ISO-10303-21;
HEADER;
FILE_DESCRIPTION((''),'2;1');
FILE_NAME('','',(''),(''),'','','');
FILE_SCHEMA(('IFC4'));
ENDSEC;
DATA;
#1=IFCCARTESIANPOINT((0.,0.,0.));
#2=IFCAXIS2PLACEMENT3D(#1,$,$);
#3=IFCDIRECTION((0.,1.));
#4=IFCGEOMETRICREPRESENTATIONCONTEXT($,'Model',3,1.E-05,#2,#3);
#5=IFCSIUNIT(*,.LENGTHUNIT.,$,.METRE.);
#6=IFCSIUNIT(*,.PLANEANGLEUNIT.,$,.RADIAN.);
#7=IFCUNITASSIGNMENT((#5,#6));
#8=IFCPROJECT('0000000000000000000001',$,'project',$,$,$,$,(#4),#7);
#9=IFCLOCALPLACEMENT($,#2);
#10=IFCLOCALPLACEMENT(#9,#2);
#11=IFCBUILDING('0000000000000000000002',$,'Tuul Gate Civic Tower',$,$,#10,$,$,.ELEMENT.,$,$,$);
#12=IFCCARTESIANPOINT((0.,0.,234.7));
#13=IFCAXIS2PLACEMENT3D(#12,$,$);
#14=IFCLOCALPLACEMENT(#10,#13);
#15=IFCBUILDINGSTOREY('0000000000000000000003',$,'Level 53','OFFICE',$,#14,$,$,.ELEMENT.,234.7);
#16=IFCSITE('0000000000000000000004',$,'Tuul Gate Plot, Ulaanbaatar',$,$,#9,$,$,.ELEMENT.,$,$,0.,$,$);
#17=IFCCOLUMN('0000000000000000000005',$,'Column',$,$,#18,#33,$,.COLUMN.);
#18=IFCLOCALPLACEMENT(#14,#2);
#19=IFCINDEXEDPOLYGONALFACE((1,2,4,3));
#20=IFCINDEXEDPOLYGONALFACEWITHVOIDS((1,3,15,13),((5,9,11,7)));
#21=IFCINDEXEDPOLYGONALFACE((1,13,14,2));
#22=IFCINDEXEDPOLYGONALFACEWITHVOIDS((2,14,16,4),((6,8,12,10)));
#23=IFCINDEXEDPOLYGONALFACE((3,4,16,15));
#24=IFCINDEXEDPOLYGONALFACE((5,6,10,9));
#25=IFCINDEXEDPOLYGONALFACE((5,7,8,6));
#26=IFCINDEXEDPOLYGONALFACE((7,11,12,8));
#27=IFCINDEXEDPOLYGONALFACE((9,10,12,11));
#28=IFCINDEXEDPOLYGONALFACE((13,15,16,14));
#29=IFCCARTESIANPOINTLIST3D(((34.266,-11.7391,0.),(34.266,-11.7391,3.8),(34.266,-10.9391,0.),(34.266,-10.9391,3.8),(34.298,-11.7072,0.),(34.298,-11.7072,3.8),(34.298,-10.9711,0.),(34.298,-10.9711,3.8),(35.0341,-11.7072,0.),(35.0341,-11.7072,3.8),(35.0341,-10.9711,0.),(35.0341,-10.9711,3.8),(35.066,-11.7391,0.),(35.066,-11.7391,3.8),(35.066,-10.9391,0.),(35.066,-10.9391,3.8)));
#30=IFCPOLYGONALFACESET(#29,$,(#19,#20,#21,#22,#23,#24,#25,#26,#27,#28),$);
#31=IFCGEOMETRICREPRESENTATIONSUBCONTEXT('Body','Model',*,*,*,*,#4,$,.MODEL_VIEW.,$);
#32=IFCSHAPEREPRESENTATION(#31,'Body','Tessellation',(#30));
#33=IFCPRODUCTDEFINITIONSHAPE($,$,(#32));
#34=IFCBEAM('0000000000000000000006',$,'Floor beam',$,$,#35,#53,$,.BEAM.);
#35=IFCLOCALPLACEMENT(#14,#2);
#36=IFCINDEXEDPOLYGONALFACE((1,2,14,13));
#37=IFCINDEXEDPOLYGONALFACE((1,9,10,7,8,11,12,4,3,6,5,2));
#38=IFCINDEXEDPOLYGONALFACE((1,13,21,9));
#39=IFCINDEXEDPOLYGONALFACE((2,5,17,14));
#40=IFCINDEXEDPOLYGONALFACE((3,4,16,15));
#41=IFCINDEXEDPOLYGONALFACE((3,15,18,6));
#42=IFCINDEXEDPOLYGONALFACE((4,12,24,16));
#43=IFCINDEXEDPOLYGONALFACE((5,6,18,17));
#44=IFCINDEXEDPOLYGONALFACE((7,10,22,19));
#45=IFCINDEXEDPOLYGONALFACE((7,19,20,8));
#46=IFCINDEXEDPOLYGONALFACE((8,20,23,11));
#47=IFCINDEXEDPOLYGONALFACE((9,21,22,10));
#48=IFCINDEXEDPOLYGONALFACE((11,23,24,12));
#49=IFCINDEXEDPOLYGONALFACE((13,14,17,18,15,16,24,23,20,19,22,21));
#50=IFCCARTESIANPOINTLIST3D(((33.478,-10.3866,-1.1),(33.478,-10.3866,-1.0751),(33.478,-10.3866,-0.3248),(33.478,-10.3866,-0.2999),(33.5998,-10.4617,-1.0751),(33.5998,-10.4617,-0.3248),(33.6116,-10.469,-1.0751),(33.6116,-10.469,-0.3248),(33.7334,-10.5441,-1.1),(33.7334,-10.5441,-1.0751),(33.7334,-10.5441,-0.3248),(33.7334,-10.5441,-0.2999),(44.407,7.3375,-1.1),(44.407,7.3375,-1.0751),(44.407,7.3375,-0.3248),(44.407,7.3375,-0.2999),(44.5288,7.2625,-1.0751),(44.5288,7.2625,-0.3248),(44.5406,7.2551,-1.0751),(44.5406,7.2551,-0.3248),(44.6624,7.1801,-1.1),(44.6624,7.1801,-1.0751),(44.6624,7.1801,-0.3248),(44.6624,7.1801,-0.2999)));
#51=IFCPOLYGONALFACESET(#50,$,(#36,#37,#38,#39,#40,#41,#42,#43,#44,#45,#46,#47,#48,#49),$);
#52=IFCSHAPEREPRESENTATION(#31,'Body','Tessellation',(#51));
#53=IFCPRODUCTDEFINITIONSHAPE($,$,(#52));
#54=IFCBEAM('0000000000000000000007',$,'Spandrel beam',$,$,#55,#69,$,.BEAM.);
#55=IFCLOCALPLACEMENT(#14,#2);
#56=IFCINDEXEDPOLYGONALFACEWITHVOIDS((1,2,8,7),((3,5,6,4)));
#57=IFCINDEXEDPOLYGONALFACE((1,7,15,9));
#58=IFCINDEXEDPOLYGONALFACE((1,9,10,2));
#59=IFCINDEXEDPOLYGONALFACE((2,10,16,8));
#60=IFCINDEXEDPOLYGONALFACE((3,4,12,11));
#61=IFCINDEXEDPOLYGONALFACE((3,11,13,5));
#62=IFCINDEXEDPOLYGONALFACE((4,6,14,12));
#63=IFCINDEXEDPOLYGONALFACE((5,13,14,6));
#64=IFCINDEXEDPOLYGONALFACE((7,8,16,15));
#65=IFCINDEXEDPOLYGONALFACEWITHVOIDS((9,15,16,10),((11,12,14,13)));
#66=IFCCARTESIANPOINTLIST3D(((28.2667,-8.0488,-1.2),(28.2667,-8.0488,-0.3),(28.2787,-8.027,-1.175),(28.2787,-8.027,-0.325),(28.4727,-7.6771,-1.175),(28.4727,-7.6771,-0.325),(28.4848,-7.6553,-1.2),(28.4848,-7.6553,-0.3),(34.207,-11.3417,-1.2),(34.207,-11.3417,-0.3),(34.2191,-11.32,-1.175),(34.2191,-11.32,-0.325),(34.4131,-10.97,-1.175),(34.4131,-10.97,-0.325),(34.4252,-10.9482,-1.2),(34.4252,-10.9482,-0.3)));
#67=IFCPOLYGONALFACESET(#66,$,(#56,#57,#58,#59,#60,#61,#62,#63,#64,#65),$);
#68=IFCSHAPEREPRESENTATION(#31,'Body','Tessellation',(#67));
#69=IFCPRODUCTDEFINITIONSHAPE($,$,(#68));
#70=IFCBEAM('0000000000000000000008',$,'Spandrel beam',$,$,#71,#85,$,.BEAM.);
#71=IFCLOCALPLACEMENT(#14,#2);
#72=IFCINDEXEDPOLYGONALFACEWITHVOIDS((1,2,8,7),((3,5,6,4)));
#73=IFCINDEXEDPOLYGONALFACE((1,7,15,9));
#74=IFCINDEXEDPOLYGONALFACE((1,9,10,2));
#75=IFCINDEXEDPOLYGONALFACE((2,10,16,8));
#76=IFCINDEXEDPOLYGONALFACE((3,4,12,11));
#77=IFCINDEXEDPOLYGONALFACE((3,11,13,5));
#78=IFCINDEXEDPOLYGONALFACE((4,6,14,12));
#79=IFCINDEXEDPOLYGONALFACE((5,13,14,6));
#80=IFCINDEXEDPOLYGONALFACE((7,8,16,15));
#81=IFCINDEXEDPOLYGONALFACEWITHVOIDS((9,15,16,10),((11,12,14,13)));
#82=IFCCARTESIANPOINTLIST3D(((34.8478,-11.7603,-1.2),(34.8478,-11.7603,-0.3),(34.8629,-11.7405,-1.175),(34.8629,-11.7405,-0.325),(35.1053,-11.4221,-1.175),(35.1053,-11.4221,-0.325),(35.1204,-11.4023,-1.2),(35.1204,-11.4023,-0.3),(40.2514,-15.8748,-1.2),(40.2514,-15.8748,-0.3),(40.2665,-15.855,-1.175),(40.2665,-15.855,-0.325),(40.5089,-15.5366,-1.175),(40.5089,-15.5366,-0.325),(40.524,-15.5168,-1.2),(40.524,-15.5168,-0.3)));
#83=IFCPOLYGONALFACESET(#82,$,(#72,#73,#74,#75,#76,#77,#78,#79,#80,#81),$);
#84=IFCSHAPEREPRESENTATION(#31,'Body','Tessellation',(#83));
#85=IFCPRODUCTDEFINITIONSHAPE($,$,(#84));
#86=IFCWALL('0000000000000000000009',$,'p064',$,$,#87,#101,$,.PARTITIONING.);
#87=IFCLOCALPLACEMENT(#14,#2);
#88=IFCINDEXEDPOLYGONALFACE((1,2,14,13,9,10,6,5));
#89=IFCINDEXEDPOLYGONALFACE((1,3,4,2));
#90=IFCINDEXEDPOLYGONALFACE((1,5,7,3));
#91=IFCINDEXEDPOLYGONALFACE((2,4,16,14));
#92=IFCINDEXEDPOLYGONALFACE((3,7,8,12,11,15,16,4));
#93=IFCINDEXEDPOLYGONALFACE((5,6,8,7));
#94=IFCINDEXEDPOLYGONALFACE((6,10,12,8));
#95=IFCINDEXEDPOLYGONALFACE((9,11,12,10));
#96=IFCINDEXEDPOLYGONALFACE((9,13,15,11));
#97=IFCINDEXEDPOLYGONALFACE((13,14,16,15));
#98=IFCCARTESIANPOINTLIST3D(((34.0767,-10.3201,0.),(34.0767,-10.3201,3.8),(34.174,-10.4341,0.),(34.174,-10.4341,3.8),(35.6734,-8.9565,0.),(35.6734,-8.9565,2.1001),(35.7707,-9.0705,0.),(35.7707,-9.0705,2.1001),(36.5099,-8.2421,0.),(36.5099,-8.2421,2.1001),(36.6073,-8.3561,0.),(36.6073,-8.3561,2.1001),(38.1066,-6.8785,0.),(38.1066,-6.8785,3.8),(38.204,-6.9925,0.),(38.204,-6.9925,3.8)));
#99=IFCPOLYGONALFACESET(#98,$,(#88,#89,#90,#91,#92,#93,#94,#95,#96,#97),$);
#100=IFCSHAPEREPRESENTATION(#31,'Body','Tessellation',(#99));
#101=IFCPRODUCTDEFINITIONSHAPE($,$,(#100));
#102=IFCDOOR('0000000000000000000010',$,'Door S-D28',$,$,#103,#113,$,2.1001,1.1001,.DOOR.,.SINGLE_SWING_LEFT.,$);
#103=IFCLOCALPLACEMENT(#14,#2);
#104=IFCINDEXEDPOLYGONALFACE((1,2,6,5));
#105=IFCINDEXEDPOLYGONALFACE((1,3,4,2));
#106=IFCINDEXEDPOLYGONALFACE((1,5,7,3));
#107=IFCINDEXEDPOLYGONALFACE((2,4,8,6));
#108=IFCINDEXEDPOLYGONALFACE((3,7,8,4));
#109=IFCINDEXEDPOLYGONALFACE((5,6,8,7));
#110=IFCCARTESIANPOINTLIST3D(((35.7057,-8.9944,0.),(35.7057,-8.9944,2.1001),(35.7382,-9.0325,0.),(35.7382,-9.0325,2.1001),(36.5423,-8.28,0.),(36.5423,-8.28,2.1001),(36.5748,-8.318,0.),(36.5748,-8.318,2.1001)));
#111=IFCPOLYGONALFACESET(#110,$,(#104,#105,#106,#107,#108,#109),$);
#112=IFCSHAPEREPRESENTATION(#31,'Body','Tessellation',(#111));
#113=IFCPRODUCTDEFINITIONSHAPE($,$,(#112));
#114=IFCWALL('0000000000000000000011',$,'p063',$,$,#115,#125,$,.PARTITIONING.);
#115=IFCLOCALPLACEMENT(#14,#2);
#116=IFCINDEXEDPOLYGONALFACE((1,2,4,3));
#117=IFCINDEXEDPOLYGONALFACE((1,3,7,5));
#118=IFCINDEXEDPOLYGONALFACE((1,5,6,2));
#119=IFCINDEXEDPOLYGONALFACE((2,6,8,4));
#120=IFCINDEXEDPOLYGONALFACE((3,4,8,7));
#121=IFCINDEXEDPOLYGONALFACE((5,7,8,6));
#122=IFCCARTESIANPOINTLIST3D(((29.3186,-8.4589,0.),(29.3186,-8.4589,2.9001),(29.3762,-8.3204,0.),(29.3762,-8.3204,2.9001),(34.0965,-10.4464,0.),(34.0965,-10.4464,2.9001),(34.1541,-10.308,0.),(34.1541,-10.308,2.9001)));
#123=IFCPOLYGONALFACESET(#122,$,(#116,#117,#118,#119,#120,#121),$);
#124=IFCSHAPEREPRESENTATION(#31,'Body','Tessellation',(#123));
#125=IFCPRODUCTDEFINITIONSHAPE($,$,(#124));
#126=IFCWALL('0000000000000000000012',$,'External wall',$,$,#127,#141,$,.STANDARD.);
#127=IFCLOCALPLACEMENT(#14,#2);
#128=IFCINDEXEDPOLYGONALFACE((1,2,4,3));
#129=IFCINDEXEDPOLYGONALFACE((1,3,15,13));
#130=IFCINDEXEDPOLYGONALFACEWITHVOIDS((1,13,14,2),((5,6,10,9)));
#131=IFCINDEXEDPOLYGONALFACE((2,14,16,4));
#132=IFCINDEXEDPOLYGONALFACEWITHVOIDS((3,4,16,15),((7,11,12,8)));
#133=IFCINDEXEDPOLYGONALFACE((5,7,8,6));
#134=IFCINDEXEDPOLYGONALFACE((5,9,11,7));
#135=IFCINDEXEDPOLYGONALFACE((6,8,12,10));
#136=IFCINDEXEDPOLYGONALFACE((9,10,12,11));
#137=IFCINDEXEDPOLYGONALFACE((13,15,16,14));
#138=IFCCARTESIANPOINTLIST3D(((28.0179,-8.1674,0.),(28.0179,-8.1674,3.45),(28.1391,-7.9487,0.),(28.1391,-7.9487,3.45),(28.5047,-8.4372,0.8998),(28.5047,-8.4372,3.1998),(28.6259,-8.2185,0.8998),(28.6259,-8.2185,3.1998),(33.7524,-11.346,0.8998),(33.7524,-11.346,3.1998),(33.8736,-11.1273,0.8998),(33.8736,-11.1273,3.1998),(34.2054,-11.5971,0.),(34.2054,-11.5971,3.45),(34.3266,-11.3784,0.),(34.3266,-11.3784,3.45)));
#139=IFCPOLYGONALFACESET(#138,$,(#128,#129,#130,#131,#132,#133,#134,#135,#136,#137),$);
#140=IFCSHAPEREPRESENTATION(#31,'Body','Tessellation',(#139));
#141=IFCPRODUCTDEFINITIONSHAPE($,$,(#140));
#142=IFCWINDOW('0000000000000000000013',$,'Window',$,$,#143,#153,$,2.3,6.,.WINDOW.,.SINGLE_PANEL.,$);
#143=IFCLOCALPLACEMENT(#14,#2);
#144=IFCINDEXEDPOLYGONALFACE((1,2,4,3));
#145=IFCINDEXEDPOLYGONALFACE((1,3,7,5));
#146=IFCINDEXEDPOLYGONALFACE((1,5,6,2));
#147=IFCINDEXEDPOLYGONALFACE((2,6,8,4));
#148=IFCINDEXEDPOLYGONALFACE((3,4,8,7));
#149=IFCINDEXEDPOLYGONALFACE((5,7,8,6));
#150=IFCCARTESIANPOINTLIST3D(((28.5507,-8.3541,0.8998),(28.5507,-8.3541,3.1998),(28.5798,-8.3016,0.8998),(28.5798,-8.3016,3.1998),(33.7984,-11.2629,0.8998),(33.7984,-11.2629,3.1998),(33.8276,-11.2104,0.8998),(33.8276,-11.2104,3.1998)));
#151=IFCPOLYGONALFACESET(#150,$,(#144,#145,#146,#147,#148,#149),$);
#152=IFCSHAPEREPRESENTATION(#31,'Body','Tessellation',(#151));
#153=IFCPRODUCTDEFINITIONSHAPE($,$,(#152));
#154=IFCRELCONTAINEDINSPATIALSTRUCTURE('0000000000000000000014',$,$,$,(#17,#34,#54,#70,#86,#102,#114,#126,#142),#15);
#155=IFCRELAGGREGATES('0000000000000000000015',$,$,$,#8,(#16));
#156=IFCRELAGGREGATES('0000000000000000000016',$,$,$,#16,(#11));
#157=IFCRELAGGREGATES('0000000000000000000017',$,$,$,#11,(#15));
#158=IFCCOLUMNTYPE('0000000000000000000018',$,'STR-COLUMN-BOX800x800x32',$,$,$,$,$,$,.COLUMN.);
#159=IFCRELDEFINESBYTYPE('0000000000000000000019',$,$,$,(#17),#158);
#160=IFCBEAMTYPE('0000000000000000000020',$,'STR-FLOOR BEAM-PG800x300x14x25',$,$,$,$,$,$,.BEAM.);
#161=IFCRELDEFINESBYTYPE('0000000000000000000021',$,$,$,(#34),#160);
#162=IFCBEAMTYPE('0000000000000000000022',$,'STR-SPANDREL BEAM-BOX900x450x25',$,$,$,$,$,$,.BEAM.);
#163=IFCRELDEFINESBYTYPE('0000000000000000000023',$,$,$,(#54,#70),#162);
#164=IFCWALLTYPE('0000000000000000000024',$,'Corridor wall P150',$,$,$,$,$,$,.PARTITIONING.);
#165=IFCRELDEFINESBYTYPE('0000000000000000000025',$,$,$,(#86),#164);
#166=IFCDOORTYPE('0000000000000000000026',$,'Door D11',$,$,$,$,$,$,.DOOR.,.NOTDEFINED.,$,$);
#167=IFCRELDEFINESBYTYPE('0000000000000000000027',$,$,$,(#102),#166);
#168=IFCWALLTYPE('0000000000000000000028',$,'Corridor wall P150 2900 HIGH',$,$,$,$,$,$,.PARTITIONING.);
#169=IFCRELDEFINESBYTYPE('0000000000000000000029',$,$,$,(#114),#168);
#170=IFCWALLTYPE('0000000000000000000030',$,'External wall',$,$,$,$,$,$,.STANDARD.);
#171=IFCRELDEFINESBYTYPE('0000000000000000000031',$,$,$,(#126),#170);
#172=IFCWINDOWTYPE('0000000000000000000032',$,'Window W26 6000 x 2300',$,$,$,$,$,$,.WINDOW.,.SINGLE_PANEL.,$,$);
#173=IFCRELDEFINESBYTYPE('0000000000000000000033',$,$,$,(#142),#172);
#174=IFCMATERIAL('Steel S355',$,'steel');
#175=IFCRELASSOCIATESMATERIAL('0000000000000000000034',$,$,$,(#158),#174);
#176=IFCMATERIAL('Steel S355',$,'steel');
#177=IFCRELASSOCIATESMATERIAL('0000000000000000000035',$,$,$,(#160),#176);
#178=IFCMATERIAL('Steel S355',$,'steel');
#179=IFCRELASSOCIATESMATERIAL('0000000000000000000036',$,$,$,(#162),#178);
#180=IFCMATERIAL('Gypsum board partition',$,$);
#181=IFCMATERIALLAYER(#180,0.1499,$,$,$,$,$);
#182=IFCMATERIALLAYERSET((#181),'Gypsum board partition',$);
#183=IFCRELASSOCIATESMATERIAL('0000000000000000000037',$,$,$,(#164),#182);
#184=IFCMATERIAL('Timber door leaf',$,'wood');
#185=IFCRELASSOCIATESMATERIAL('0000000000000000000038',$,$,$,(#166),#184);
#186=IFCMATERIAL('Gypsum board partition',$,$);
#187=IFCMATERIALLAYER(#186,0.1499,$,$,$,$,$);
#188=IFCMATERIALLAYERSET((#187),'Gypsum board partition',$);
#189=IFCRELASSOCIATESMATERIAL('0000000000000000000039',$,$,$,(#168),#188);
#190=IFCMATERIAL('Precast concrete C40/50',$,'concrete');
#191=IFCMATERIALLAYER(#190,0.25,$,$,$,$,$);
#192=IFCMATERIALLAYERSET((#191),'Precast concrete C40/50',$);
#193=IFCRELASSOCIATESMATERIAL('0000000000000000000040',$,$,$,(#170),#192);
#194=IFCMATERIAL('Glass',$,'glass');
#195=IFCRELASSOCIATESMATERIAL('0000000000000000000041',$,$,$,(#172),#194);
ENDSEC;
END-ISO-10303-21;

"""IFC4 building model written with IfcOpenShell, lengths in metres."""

from ifc_helpers import new_model, si_unit, direction, frame, frame_2d, origin, origin_2d, place, context, subcontext, project, spatial, rectangle, hollow_rectangle, i_section, extrude, material, layer, layer_set, material_profile, profile_set, type_object, element, fill, save


model = new_model("IFC4")

# Units and contexts
model_context = context("Model", 3, precision=1e-05, world=origin(), true_north=direction((0.0, 1.0)))
body_context = subcontext(model_context, "Body", "Model", "MODEL_VIEW")
ifc_project = project(units=[si_unit("LENGTHUNIT", "METRE"), si_unit("PLANEANGLEUNIT", "RADIAN")], contexts=[model_context])

# Site, building, storey
site_placement = place(None, origin())
site = spatial("IfcSite", under=ifc_project, at=site_placement, Name="Tuul Gate Plot, Ulaanbaatar", CompositionType="ELEMENT", RefElevation=0.0)
building_placement = place(site_placement, origin())
building = spatial("IfcBuilding", under=site, at=building_placement, Name="Tuul Gate Civic Tower", CompositionType="ELEMENT")
storey_placement = place(building_placement, frame((0.0, 0.0, 234.7)))
storey = spatial("IfcBuildingStorey", under=building, at=storey_placement, Name="Level 53", Description="OFFICE", CompositionType="ELEMENT", Elevation=234.7)

# Column
ifc_material_1 = material(Name="Steel S355", Category="steel")
ifc_material_profile_1 = material_profile(ifc_material_1, hollow_rectangle(XDim=0.8, YDim=0.8, WallThickness=0.032, at=origin_2d()), Name="BOX800x800x32")
ifc_profile_set_1 = profile_set([ifc_material_profile_1], Name="Steel S355")
column_type = type_object("IfcColumnType", Name="STR-COLUMN-BOX800x800x32", PredefinedType="COLUMN", material=ifc_profile_set_1)
column_placement = place(storey_placement, frame((34.666, -11.3391, 0.0), z_axis=(0.0, 0.0, 1.0), x_axis=(1.0, 0.0, 0.0)))
element("IfcColumn", 1, at=column_placement, inside=storey, type_object=column_type, Name="Column", PredefinedType="COLUMN", context=body_context, shape_type="SweptSolid", body=[
    extrude(hollow_rectangle(XDim=0.8, YDim=0.8, WallThickness=0.032, at=origin_2d()), origin(), (0.0, 0.0, 1.0), 3.8),
])

# Beams
ifc_material_2 = material(Name="Steel S355", Category="steel")
ifc_material_profile_2 = material_profile(ifc_material_2, i_section(OverallWidth=0.3, OverallDepth=0.8, WebThickness=0.0139, FlangeThickness=0.0249, at=origin_2d()), Name="PG800x300x14x25")
ifc_profile_set_2 = profile_set([ifc_material_profile_2], Name="Steel S355")
beam_type_1 = type_object("IfcBeamType", Name="STR-FLOOR BEAM-PG800x300x14x25", PredefinedType="BEAM", material=ifc_profile_set_2)
beam_1_placement = place(storey_placement, frame((33.6057, -10.4653, -0.7), z_axis=(0.524857, 0.851191, 0.0), x_axis=(-0.851191, 0.524857, 0.0)))
element("IfcBeam", 2, at=beam_1_placement, inside=storey, type_object=beam_type_1, Name="Floor beam", PredefinedType="BEAM", context=body_context, shape_type="SweptSolid", body=[
    extrude(i_section(OverallWidth=0.3, OverallDepth=0.8, WebThickness=0.0139, FlangeThickness=0.0249, at=origin_2d()), origin(), (0.0, 0.0, 1.0), 20.8228),
])
ifc_material_3 = material(Name="Steel S355", Category="steel")
ifc_material_profile_3 = material_profile(ifc_material_3, hollow_rectangle(XDim=0.45, YDim=0.8999, WallThickness=0.0249, at=origin_2d()), Name="BOX900x450x25")
ifc_profile_set_3 = profile_set([ifc_material_profile_3], Name="Steel S355")
beam_type_2 = type_object("IfcBeamType", Name="STR-SPANDREL BEAM-BOX900x450x25", PredefinedType="BEAM", material=ifc_profile_set_3)
beam_2_placement = place(storey_placement, frame((28.3757, -7.8521, -0.75), z_axis=(0.874611, -0.484825, 0.0), x_axis=(0.484825, 0.874611, 0.0)))
element("IfcBeam", 3, at=beam_2_placement, inside=storey, type_object=beam_type_2, Name="Spandrel beam", PredefinedType="BEAM", context=body_context, shape_type="SweptSolid", body=[
    extrude(hollow_rectangle(XDim=0.45, YDim=0.8999, WallThickness=0.0249, at=origin_2d()), origin(), (0.0, 0.0, 1.0), 6.792),
])
beam_3_placement = place(storey_placement, frame((34.9841, -11.5813, -0.75), z_axis=(0.795609, -0.60581, 0.0), x_axis=(0.60581, 0.795609, 0.0)))
element("IfcBeam", 4, at=beam_3_placement, inside=storey, type_object=beam_type_2, Name="Spandrel beam", PredefinedType="BEAM", context=body_context, shape_type="SweptSolid", body=[
    extrude(hollow_rectangle(XDim=0.45, YDim=0.8999, WallThickness=0.0249, at=origin_2d()), origin(), (0.0, 0.0, 1.0), 6.7917),
])

# Wall, opening, door
ifc_material_4 = material(Name="Gypsum board partition")
ifc_layer_1 = layer(ifc_material_4, 0.1499)
ifc_layer_set_1 = layer_set([ifc_layer_1], Name="Gypsum board partition")
wall_type_1 = type_object("IfcWallType", Name="Corridor wall P150", PredefinedType="PARTITIONING", material=ifc_layer_set_1)
wall_1_placement = place(storey_placement, frame((34.1252, -10.3772, 0.0), z_axis=(0.0, 0.0, 1.0), x_axis=(0.760436, 0.649413, 0.0)))
wall_1 = element("IfcWall", 5, at=wall_1_placement, inside=storey, type_object=wall_type_1, Name="p064", PredefinedType="PARTITIONING", context=body_context, shape_type="SweptSolid", body=[
    extrude(rectangle(XDim=5.2996, YDim=0.1499, at=frame_2d((2.6499, 0.0))), origin(), (0.0, 0.0, 1.0), 3.8),
])
opening_1_placement = place(wall_1_placement, frame((2.0999, 0.0, 0.0)))
opening_1 = element("IfcOpeningElement", 6, at=opening_1_placement, cuts=wall_1, PredefinedType="OPENING", context=body_context, shape_type="SweptSolid", body=[
    extrude(rectangle(XDim=1.1001, YDim=2.1001, at=frame_2d((0.55, 1.05))), frame((0.0, 0.085, 0.0), z_axis=(0.0, -1.0, 0.0), x_axis=(1.0, 0.0, 0.0)), (0.0, 0.0, 1.0), 0.1699),
])
ifc_material_5 = material(Name="Timber door leaf", Category="wood")
door_type = type_object("IfcDoorType", Name="Door D11", OperationType="NOTDEFINED", PredefinedType="DOOR", material=ifc_material_5)
door_placement = place(opening_1_placement, frame((1.1001, 0.0, 0.0), z_axis=(0.0, 0.0, 1.0), x_axis=(-1.0, 0.0, 0.0)))
door = element("IfcDoor", 7, at=door_placement, inside=storey, type_object=door_type, Name="Door S-D28", OperationType="SINGLE_SWING_LEFT", OverallHeight=2.1001, OverallWidth=1.1001, PredefinedType="DOOR", context=body_context, shape_type="SweptSolid", body=[
    extrude(rectangle(XDim=1.1001, YDim=2.1001, at=frame_2d((0.55, 1.05))), frame((0.0, 0.0249, 0.0), z_axis=(0.0, -1.0, 0.0), x_axis=(1.0, 0.0, 0.0)), (0.0, 0.0, 1.0), 0.05),
])
fill(opening_1, door)

# Wall
ifc_material_6 = material(Name="Gypsum board partition")
ifc_layer_2 = layer(ifc_material_6, 0.1499)
ifc_layer_set_2 = layer_set([ifc_layer_2], Name="Gypsum board partition")
wall_type_2 = type_object("IfcWallType", Name="Corridor wall P150 2900 HIGH", PredefinedType="PARTITIONING", material=ifc_layer_set_2)
wall_2_placement = place(storey_placement, frame((29.3474, -8.3896, 0.0), z_axis=(0.0, 0.0, 1.0), x_axis=(0.923297, -0.384086, 0.0)))
element("IfcWall", 8, at=wall_2_placement, inside=storey, type_object=wall_type_2, Name="p063", PredefinedType="PARTITIONING", context=body_context, shape_type="SweptSolid", body=[
    extrude(rectangle(XDim=5.1748, YDim=0.1499, at=frame_2d((2.5874, 0.0))), origin(), (0.0, 0.0, 1.0), 2.9001),
])

# Wall, opening, window
ifc_material_7 = material(Name="Precast concrete C40/50", Category="concrete")
ifc_layer_3 = layer(ifc_material_7, 0.25)
ifc_layer_set_3 = layer_set([ifc_layer_3], Name="Precast concrete C40/50")
wall_type_3 = type_object("IfcWallType", Name="External wall", PredefinedType="STANDARD", material=ifc_layer_set_3)
wall_3_placement = place(storey_placement, frame((28.0786, -8.0581, 0.0), z_axis=(0.0, 0.0, 1.0), x_axis=(0.874626, -0.484799, 0.0)))
wall_3 = element("IfcWall", 9, at=wall_3_placement, inside=storey, type_object=wall_type_3, Name="External wall", PredefinedType="STANDARD", context=body_context, shape_type="SweptSolid", body=[
    extrude(rectangle(XDim=7.0745, YDim=0.25, at=frame_2d((3.5371, 0.0))), origin(), (0.0, 0.0, 1.0), 3.45),
])
opening_2_placement = place(wall_3_placement, frame((0.5564, 0.0, 0.8999)))
opening_2 = element("IfcOpeningElement", 10, at=opening_2_placement, cuts=wall_3, PredefinedType="OPENING", context=body_context, shape_type="SweptSolid", body=[
    extrude(rectangle(XDim=6.0, YDim=2.3, at=frame_2d((3.0, 1.1499))), frame((0.0, 0.135, 0.0), z_axis=(0.0, -1.0, 0.0), x_axis=(1.0, 0.0, 0.0)), (0.0, 0.0, 1.0), 0.27),
])
ifc_material_8 = material(Name="Glass", Category="glass")
window_type = type_object("IfcWindowType", Name="Window W26 6000 x 2300", PartitioningType="SINGLE_PANEL", PredefinedType="WINDOW", material=ifc_material_8)
window_1_placement = place(opening_2_placement, origin())
window_1 = element("IfcWindow", 11, at=window_1_placement, inside=storey, type_object=window_type, Name="Window", OverallHeight=2.3, OverallWidth=6.0, PartitioningType="SINGLE_PANEL", PredefinedType="WINDOW", context=body_context, shape_type="SweptSolid", body=[
    extrude(rectangle(XDim=6.0, YDim=2.3, at=frame_2d((3.0, 1.1499))), frame((0.0, 0.03, 0.0), z_axis=(0.0, -1.0, 0.0), x_axis=(1.0, 0.0, 0.0)), (0.0, 0.0, 1.0), 0.0601),
])
fill(opening_2, window_1)

save(model, "model.ifc")
